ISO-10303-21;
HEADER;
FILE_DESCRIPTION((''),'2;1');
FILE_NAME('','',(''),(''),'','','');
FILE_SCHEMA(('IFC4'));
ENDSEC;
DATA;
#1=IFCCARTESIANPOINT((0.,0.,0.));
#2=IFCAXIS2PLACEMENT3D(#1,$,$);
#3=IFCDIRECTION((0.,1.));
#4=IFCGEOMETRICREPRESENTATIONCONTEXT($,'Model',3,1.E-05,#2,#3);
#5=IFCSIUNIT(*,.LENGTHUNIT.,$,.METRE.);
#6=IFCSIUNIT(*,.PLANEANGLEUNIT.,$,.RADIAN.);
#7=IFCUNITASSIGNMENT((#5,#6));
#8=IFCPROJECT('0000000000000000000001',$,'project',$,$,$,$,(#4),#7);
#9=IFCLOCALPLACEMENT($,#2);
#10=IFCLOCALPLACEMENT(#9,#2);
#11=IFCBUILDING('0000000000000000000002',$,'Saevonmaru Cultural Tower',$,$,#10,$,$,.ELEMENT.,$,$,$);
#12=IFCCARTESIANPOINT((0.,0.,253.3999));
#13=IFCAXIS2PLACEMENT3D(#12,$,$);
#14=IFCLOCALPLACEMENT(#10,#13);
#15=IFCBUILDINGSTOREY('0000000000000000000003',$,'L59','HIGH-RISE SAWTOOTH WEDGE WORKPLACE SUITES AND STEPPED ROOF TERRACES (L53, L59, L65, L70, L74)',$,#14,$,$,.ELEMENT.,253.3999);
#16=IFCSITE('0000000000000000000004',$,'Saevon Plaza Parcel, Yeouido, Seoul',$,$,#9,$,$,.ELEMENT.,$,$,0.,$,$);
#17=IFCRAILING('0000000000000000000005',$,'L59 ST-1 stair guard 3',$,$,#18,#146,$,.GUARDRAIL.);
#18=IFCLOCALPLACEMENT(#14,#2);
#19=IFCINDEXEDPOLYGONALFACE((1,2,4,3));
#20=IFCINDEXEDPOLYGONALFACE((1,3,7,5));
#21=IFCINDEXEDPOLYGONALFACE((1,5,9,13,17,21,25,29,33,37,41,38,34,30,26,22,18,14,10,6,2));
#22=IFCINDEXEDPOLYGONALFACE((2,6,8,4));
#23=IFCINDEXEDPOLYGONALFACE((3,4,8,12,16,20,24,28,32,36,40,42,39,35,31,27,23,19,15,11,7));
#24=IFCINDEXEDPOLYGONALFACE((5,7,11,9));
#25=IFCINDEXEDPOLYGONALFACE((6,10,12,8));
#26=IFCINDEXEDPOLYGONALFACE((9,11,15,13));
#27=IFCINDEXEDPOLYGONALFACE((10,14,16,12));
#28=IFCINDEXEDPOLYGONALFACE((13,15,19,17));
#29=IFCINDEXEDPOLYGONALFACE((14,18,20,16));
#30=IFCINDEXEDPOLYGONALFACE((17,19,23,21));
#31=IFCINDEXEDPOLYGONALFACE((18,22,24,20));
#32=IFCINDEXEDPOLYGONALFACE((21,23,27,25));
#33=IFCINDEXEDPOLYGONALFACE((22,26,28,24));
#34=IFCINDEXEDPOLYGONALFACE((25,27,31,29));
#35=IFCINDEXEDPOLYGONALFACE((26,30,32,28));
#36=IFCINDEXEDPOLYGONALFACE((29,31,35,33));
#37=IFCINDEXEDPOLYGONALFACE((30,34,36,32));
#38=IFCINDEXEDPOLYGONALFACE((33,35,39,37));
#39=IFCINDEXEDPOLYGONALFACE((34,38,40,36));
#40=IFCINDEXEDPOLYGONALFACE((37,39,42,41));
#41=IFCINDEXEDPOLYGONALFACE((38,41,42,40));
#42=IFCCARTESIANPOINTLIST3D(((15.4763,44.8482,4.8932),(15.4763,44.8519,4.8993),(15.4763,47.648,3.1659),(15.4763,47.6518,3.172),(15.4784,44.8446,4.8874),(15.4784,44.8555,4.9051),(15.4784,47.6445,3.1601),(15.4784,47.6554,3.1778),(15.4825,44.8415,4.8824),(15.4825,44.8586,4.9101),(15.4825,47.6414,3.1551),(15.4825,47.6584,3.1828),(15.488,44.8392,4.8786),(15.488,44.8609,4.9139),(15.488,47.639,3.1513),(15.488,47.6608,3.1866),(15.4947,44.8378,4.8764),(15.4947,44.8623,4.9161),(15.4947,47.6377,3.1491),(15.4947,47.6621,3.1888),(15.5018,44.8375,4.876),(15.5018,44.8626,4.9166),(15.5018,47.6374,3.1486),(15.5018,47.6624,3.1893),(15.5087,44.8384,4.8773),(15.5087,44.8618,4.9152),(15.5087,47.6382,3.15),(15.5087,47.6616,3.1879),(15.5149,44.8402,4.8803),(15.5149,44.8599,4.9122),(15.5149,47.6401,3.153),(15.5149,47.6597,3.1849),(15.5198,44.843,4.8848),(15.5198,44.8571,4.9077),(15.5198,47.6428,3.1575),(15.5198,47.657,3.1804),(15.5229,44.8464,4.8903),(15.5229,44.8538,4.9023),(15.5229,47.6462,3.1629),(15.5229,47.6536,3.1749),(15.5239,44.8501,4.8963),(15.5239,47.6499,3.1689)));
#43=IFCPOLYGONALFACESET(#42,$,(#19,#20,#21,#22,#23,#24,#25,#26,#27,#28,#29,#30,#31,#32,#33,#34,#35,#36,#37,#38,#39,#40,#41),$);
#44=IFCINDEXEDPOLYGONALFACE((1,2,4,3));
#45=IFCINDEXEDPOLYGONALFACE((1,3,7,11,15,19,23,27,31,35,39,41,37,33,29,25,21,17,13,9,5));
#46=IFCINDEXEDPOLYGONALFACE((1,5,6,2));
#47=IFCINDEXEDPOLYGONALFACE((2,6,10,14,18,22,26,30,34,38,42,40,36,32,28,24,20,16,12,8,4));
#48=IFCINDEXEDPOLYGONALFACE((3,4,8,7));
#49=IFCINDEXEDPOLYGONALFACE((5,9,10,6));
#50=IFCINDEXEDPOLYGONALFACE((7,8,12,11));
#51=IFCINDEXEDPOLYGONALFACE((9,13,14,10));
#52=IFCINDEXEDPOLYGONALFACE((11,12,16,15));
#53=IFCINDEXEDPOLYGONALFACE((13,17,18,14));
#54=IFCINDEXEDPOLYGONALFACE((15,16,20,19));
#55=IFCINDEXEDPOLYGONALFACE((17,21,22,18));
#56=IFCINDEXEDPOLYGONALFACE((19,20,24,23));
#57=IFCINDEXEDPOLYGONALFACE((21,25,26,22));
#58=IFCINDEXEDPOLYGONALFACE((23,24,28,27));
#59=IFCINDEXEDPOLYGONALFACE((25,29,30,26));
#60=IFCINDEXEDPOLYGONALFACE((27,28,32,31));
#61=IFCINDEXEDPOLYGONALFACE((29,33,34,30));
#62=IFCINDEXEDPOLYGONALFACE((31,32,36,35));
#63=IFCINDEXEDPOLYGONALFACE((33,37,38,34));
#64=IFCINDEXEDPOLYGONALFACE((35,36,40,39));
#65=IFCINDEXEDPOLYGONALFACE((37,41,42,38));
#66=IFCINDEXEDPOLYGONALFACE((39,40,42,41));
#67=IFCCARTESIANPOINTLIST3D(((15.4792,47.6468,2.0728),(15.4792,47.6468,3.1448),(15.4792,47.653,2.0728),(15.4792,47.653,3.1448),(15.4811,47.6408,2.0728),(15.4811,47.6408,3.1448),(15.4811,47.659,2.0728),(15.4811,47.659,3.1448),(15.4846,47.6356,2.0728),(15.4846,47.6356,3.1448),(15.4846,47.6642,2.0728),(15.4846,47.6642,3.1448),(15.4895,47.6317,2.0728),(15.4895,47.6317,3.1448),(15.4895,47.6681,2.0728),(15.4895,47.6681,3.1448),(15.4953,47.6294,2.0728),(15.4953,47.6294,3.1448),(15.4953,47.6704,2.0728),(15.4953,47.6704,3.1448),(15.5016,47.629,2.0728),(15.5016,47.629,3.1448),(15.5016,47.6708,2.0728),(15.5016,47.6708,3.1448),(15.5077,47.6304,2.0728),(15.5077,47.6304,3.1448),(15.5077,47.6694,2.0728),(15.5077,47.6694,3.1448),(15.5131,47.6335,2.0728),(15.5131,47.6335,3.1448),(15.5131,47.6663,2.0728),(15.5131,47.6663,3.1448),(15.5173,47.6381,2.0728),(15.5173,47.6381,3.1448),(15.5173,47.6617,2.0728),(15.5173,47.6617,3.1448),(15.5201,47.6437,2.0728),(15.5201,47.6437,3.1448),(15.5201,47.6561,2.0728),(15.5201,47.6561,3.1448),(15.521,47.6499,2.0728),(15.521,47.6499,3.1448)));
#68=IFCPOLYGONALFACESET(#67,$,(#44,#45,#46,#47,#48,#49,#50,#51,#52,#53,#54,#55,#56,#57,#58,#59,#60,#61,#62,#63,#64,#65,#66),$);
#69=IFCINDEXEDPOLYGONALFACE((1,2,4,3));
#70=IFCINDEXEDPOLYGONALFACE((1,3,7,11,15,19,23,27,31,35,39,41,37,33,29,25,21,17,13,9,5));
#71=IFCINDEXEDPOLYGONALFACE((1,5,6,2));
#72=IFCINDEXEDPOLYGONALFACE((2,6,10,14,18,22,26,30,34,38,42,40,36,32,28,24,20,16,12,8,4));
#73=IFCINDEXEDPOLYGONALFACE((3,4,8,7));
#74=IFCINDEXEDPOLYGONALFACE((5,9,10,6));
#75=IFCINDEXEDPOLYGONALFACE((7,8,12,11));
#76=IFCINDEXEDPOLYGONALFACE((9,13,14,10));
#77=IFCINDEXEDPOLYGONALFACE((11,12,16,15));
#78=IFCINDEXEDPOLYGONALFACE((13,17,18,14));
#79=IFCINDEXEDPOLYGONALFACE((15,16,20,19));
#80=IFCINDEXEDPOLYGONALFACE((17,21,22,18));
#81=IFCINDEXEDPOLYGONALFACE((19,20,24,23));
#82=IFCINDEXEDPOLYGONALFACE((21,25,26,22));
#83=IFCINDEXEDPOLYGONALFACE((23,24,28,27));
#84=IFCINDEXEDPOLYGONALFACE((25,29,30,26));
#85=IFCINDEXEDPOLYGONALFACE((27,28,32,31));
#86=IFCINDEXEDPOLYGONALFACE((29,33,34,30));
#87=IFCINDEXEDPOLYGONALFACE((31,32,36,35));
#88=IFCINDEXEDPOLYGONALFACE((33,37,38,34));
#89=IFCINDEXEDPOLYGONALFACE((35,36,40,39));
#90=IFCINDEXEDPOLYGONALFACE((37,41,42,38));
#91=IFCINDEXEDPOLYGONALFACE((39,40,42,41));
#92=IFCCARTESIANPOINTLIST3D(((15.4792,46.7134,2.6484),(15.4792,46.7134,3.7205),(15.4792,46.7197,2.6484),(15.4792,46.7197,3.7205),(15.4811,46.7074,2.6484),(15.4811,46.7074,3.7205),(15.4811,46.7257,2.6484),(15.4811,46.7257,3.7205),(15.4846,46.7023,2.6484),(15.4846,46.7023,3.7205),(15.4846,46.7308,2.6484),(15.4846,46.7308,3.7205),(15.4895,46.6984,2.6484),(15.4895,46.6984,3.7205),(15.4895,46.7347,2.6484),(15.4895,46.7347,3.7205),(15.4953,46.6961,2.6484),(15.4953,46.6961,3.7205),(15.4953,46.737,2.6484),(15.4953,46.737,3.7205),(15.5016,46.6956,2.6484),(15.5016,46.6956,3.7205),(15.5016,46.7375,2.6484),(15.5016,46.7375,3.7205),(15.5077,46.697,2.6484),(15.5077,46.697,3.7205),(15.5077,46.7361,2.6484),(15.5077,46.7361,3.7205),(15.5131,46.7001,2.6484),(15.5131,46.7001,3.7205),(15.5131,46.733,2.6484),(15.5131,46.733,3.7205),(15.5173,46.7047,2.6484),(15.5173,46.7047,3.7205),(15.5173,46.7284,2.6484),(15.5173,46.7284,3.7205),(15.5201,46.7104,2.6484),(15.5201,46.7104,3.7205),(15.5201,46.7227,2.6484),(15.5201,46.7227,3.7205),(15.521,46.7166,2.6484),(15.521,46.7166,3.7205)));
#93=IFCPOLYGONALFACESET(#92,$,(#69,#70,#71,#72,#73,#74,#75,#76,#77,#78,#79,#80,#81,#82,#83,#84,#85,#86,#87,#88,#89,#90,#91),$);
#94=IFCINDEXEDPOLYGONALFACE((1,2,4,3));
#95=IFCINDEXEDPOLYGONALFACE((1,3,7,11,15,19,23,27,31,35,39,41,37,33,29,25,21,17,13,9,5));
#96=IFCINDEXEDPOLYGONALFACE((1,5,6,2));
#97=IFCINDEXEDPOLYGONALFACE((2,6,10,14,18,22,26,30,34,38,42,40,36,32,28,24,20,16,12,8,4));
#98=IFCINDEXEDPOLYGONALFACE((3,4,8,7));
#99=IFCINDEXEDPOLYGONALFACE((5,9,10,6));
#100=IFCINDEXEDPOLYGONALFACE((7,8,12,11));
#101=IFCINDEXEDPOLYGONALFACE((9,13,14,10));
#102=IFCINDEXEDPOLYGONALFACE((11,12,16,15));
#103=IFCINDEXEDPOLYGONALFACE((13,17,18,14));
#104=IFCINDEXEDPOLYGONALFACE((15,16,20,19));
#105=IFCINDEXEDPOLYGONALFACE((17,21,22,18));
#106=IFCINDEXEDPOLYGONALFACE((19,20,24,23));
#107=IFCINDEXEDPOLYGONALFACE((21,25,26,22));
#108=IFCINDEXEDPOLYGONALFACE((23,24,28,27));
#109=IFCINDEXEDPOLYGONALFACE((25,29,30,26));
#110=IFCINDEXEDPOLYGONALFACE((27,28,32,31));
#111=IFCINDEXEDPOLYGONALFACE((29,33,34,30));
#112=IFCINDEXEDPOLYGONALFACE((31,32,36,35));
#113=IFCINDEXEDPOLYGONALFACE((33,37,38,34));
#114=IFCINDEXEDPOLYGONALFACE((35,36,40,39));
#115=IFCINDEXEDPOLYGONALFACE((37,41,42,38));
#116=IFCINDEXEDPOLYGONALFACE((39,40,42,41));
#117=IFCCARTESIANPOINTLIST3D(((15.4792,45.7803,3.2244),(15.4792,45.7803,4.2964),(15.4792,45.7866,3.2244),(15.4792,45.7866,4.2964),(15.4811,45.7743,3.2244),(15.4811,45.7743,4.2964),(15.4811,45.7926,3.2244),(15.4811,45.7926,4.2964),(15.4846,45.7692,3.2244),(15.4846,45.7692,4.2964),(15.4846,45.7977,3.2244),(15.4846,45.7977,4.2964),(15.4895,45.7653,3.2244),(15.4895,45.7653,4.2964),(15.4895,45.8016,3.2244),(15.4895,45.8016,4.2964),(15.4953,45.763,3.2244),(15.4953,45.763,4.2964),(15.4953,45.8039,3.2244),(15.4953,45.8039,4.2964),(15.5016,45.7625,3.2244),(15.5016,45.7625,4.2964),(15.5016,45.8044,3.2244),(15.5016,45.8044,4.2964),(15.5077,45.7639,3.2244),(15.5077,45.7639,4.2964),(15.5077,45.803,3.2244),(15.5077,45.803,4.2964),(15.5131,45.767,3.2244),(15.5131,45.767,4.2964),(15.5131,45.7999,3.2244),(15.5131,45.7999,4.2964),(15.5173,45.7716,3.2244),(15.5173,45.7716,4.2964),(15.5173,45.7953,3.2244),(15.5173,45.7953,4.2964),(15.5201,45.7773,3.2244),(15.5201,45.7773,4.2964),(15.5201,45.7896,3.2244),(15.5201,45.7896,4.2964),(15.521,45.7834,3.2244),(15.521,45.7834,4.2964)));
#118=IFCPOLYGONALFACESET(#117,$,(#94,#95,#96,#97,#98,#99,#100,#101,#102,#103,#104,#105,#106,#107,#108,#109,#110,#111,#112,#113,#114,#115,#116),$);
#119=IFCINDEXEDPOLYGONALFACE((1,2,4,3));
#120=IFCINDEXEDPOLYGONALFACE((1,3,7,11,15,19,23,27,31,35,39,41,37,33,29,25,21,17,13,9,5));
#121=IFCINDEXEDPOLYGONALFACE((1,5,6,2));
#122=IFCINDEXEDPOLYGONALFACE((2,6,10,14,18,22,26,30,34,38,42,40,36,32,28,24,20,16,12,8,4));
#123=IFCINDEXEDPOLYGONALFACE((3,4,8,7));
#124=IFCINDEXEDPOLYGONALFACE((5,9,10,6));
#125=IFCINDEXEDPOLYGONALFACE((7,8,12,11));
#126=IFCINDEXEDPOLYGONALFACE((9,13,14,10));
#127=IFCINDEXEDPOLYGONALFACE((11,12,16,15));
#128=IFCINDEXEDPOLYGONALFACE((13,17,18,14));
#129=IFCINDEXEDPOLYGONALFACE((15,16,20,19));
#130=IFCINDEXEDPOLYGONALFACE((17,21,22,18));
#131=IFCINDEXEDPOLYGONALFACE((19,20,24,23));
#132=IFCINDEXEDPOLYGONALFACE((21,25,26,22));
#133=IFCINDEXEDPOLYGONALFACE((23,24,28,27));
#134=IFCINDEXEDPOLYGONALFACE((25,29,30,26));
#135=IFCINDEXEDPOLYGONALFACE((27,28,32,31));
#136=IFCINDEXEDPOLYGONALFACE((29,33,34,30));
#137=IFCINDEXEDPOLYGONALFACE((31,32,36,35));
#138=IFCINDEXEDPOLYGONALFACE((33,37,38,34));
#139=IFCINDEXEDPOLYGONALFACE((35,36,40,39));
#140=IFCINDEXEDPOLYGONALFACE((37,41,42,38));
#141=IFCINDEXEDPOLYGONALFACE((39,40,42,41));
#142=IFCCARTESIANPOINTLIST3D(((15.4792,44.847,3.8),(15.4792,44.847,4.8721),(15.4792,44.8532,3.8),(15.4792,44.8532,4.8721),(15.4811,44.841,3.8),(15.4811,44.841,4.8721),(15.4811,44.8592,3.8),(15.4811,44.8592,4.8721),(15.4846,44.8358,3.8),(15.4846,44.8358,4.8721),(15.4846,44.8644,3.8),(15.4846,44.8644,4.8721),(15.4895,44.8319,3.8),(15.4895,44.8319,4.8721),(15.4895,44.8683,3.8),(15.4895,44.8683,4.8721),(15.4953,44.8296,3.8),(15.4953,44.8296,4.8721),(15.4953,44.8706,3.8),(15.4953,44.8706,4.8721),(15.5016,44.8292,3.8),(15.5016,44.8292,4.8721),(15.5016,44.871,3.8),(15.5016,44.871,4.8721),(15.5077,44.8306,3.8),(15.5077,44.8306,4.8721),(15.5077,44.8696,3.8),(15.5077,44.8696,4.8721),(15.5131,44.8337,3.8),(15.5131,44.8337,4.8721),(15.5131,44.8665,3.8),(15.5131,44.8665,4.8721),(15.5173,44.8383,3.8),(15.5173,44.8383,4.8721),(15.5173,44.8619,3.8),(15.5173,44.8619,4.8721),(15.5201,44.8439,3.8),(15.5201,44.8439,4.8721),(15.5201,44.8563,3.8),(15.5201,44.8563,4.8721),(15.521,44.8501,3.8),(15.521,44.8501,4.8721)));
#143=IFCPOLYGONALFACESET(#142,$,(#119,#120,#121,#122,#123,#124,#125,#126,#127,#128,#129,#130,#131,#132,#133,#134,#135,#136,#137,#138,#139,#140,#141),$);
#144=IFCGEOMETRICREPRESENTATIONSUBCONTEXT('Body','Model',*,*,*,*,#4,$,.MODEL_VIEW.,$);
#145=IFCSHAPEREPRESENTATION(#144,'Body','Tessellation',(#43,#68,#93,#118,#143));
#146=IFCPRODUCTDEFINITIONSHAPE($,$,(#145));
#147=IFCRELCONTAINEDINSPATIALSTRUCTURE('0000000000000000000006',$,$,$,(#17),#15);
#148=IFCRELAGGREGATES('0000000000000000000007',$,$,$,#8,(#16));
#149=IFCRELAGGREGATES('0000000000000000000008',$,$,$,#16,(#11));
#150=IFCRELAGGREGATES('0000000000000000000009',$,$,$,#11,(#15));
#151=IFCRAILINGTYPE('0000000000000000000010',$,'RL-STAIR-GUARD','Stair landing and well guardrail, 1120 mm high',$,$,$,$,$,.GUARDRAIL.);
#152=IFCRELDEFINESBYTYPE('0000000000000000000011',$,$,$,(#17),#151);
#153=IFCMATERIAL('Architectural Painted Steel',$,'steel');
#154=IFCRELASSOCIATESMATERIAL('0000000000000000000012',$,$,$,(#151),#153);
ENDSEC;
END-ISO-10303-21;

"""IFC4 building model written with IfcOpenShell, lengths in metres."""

from ifc_helpers import new_model, si_unit, direction, frame, origin, origin_2d, place, context, subcontext, project, spatial, circle, extrude, material, type_object, element, save


model = new_model("IFC4")

# Units and contexts
model_context = context("Model", 3, precision=1e-05, world=origin(), true_north=direction((0.0, 1.0)))
body_context = subcontext(model_context, "Body", "Model", "MODEL_VIEW")
ifc_project = project(units=[si_unit("LENGTHUNIT", "METRE"), si_unit("PLANEANGLEUNIT", "RADIAN")], contexts=[model_context])

# Site, building, storey
site_placement = place(None, origin())
site = spatial("IfcSite", under=ifc_project, at=site_placement, Name="Saevon Plaza Parcel, Yeouido, Seoul", CompositionType="ELEMENT", RefElevation=0.0)
building_placement = place(site_placement, origin())
building = spatial("IfcBuilding", under=site, at=building_placement, Name="Saevonmaru Cultural Tower", CompositionType="ELEMENT")
storey_placement = place(building_placement, frame((0.0, 0.0, 253.3999)))
storey = spatial("IfcBuildingStorey", under=building, at=storey_placement, Name="L59", Description="HIGH-RISE SAWTOOTH WEDGE WORKPLACE SUITES AND STEPPED ROOF TERRACES (L53, L59, L65, L70, L74)", CompositionType="ELEMENT", Elevation=253.3999)

# Railing
ifc_material_1 = material(Name="Architectural Painted Steel", Category="steel")
railing_type_1 = type_object("IfcRailingType", Name="RL-STAIR-GUARD", Description="Stair landing and well guardrail, 1120 mm high", PredefinedType="GUARDRAIL", material=ifc_material_1)
railing_1_placement = place(storey_placement, frame((15.5, 47.6499, 2.0728)))
element("IfcRailing", 1, at=railing_1_placement, inside=storey, type_object=railing_type_1, Name="L59 ST-1 stair guard 3", PredefinedType="GUARDRAIL", context=body_context, shape_type="SweptSolid", body=[
    extrude(circle(Radius=0.0239, at=origin_2d()), frame((0.0, 0.0, 1.0962), z_axis=(0.0, -0.851069, 0.525054), x_axis=(1.0, 0.0, 0.0)), (0.0, 0.0, 1.0), 3.2898),
    extrude(circle(Radius=0.021, at=origin_2d()), origin(), (0.0, 0.0, 1.0), 1.072),
    extrude(circle(Radius=0.021, at=origin_2d()), frame((0.0, -0.9333, 0.5757)), (0.0, 0.0, 1.0), 1.072),
    extrude(circle(Radius=0.021, at=origin_2d()), frame((0.0, -1.8665, 1.1516)), (0.0, 0.0, 1.0), 1.072),
    extrude(circle(Radius=0.021, at=origin_2d()), frame((0.0, -2.7998, 1.7273)), (0.0, 0.0, 1.0), 1.072),
])

save(model, "model.ifc")
